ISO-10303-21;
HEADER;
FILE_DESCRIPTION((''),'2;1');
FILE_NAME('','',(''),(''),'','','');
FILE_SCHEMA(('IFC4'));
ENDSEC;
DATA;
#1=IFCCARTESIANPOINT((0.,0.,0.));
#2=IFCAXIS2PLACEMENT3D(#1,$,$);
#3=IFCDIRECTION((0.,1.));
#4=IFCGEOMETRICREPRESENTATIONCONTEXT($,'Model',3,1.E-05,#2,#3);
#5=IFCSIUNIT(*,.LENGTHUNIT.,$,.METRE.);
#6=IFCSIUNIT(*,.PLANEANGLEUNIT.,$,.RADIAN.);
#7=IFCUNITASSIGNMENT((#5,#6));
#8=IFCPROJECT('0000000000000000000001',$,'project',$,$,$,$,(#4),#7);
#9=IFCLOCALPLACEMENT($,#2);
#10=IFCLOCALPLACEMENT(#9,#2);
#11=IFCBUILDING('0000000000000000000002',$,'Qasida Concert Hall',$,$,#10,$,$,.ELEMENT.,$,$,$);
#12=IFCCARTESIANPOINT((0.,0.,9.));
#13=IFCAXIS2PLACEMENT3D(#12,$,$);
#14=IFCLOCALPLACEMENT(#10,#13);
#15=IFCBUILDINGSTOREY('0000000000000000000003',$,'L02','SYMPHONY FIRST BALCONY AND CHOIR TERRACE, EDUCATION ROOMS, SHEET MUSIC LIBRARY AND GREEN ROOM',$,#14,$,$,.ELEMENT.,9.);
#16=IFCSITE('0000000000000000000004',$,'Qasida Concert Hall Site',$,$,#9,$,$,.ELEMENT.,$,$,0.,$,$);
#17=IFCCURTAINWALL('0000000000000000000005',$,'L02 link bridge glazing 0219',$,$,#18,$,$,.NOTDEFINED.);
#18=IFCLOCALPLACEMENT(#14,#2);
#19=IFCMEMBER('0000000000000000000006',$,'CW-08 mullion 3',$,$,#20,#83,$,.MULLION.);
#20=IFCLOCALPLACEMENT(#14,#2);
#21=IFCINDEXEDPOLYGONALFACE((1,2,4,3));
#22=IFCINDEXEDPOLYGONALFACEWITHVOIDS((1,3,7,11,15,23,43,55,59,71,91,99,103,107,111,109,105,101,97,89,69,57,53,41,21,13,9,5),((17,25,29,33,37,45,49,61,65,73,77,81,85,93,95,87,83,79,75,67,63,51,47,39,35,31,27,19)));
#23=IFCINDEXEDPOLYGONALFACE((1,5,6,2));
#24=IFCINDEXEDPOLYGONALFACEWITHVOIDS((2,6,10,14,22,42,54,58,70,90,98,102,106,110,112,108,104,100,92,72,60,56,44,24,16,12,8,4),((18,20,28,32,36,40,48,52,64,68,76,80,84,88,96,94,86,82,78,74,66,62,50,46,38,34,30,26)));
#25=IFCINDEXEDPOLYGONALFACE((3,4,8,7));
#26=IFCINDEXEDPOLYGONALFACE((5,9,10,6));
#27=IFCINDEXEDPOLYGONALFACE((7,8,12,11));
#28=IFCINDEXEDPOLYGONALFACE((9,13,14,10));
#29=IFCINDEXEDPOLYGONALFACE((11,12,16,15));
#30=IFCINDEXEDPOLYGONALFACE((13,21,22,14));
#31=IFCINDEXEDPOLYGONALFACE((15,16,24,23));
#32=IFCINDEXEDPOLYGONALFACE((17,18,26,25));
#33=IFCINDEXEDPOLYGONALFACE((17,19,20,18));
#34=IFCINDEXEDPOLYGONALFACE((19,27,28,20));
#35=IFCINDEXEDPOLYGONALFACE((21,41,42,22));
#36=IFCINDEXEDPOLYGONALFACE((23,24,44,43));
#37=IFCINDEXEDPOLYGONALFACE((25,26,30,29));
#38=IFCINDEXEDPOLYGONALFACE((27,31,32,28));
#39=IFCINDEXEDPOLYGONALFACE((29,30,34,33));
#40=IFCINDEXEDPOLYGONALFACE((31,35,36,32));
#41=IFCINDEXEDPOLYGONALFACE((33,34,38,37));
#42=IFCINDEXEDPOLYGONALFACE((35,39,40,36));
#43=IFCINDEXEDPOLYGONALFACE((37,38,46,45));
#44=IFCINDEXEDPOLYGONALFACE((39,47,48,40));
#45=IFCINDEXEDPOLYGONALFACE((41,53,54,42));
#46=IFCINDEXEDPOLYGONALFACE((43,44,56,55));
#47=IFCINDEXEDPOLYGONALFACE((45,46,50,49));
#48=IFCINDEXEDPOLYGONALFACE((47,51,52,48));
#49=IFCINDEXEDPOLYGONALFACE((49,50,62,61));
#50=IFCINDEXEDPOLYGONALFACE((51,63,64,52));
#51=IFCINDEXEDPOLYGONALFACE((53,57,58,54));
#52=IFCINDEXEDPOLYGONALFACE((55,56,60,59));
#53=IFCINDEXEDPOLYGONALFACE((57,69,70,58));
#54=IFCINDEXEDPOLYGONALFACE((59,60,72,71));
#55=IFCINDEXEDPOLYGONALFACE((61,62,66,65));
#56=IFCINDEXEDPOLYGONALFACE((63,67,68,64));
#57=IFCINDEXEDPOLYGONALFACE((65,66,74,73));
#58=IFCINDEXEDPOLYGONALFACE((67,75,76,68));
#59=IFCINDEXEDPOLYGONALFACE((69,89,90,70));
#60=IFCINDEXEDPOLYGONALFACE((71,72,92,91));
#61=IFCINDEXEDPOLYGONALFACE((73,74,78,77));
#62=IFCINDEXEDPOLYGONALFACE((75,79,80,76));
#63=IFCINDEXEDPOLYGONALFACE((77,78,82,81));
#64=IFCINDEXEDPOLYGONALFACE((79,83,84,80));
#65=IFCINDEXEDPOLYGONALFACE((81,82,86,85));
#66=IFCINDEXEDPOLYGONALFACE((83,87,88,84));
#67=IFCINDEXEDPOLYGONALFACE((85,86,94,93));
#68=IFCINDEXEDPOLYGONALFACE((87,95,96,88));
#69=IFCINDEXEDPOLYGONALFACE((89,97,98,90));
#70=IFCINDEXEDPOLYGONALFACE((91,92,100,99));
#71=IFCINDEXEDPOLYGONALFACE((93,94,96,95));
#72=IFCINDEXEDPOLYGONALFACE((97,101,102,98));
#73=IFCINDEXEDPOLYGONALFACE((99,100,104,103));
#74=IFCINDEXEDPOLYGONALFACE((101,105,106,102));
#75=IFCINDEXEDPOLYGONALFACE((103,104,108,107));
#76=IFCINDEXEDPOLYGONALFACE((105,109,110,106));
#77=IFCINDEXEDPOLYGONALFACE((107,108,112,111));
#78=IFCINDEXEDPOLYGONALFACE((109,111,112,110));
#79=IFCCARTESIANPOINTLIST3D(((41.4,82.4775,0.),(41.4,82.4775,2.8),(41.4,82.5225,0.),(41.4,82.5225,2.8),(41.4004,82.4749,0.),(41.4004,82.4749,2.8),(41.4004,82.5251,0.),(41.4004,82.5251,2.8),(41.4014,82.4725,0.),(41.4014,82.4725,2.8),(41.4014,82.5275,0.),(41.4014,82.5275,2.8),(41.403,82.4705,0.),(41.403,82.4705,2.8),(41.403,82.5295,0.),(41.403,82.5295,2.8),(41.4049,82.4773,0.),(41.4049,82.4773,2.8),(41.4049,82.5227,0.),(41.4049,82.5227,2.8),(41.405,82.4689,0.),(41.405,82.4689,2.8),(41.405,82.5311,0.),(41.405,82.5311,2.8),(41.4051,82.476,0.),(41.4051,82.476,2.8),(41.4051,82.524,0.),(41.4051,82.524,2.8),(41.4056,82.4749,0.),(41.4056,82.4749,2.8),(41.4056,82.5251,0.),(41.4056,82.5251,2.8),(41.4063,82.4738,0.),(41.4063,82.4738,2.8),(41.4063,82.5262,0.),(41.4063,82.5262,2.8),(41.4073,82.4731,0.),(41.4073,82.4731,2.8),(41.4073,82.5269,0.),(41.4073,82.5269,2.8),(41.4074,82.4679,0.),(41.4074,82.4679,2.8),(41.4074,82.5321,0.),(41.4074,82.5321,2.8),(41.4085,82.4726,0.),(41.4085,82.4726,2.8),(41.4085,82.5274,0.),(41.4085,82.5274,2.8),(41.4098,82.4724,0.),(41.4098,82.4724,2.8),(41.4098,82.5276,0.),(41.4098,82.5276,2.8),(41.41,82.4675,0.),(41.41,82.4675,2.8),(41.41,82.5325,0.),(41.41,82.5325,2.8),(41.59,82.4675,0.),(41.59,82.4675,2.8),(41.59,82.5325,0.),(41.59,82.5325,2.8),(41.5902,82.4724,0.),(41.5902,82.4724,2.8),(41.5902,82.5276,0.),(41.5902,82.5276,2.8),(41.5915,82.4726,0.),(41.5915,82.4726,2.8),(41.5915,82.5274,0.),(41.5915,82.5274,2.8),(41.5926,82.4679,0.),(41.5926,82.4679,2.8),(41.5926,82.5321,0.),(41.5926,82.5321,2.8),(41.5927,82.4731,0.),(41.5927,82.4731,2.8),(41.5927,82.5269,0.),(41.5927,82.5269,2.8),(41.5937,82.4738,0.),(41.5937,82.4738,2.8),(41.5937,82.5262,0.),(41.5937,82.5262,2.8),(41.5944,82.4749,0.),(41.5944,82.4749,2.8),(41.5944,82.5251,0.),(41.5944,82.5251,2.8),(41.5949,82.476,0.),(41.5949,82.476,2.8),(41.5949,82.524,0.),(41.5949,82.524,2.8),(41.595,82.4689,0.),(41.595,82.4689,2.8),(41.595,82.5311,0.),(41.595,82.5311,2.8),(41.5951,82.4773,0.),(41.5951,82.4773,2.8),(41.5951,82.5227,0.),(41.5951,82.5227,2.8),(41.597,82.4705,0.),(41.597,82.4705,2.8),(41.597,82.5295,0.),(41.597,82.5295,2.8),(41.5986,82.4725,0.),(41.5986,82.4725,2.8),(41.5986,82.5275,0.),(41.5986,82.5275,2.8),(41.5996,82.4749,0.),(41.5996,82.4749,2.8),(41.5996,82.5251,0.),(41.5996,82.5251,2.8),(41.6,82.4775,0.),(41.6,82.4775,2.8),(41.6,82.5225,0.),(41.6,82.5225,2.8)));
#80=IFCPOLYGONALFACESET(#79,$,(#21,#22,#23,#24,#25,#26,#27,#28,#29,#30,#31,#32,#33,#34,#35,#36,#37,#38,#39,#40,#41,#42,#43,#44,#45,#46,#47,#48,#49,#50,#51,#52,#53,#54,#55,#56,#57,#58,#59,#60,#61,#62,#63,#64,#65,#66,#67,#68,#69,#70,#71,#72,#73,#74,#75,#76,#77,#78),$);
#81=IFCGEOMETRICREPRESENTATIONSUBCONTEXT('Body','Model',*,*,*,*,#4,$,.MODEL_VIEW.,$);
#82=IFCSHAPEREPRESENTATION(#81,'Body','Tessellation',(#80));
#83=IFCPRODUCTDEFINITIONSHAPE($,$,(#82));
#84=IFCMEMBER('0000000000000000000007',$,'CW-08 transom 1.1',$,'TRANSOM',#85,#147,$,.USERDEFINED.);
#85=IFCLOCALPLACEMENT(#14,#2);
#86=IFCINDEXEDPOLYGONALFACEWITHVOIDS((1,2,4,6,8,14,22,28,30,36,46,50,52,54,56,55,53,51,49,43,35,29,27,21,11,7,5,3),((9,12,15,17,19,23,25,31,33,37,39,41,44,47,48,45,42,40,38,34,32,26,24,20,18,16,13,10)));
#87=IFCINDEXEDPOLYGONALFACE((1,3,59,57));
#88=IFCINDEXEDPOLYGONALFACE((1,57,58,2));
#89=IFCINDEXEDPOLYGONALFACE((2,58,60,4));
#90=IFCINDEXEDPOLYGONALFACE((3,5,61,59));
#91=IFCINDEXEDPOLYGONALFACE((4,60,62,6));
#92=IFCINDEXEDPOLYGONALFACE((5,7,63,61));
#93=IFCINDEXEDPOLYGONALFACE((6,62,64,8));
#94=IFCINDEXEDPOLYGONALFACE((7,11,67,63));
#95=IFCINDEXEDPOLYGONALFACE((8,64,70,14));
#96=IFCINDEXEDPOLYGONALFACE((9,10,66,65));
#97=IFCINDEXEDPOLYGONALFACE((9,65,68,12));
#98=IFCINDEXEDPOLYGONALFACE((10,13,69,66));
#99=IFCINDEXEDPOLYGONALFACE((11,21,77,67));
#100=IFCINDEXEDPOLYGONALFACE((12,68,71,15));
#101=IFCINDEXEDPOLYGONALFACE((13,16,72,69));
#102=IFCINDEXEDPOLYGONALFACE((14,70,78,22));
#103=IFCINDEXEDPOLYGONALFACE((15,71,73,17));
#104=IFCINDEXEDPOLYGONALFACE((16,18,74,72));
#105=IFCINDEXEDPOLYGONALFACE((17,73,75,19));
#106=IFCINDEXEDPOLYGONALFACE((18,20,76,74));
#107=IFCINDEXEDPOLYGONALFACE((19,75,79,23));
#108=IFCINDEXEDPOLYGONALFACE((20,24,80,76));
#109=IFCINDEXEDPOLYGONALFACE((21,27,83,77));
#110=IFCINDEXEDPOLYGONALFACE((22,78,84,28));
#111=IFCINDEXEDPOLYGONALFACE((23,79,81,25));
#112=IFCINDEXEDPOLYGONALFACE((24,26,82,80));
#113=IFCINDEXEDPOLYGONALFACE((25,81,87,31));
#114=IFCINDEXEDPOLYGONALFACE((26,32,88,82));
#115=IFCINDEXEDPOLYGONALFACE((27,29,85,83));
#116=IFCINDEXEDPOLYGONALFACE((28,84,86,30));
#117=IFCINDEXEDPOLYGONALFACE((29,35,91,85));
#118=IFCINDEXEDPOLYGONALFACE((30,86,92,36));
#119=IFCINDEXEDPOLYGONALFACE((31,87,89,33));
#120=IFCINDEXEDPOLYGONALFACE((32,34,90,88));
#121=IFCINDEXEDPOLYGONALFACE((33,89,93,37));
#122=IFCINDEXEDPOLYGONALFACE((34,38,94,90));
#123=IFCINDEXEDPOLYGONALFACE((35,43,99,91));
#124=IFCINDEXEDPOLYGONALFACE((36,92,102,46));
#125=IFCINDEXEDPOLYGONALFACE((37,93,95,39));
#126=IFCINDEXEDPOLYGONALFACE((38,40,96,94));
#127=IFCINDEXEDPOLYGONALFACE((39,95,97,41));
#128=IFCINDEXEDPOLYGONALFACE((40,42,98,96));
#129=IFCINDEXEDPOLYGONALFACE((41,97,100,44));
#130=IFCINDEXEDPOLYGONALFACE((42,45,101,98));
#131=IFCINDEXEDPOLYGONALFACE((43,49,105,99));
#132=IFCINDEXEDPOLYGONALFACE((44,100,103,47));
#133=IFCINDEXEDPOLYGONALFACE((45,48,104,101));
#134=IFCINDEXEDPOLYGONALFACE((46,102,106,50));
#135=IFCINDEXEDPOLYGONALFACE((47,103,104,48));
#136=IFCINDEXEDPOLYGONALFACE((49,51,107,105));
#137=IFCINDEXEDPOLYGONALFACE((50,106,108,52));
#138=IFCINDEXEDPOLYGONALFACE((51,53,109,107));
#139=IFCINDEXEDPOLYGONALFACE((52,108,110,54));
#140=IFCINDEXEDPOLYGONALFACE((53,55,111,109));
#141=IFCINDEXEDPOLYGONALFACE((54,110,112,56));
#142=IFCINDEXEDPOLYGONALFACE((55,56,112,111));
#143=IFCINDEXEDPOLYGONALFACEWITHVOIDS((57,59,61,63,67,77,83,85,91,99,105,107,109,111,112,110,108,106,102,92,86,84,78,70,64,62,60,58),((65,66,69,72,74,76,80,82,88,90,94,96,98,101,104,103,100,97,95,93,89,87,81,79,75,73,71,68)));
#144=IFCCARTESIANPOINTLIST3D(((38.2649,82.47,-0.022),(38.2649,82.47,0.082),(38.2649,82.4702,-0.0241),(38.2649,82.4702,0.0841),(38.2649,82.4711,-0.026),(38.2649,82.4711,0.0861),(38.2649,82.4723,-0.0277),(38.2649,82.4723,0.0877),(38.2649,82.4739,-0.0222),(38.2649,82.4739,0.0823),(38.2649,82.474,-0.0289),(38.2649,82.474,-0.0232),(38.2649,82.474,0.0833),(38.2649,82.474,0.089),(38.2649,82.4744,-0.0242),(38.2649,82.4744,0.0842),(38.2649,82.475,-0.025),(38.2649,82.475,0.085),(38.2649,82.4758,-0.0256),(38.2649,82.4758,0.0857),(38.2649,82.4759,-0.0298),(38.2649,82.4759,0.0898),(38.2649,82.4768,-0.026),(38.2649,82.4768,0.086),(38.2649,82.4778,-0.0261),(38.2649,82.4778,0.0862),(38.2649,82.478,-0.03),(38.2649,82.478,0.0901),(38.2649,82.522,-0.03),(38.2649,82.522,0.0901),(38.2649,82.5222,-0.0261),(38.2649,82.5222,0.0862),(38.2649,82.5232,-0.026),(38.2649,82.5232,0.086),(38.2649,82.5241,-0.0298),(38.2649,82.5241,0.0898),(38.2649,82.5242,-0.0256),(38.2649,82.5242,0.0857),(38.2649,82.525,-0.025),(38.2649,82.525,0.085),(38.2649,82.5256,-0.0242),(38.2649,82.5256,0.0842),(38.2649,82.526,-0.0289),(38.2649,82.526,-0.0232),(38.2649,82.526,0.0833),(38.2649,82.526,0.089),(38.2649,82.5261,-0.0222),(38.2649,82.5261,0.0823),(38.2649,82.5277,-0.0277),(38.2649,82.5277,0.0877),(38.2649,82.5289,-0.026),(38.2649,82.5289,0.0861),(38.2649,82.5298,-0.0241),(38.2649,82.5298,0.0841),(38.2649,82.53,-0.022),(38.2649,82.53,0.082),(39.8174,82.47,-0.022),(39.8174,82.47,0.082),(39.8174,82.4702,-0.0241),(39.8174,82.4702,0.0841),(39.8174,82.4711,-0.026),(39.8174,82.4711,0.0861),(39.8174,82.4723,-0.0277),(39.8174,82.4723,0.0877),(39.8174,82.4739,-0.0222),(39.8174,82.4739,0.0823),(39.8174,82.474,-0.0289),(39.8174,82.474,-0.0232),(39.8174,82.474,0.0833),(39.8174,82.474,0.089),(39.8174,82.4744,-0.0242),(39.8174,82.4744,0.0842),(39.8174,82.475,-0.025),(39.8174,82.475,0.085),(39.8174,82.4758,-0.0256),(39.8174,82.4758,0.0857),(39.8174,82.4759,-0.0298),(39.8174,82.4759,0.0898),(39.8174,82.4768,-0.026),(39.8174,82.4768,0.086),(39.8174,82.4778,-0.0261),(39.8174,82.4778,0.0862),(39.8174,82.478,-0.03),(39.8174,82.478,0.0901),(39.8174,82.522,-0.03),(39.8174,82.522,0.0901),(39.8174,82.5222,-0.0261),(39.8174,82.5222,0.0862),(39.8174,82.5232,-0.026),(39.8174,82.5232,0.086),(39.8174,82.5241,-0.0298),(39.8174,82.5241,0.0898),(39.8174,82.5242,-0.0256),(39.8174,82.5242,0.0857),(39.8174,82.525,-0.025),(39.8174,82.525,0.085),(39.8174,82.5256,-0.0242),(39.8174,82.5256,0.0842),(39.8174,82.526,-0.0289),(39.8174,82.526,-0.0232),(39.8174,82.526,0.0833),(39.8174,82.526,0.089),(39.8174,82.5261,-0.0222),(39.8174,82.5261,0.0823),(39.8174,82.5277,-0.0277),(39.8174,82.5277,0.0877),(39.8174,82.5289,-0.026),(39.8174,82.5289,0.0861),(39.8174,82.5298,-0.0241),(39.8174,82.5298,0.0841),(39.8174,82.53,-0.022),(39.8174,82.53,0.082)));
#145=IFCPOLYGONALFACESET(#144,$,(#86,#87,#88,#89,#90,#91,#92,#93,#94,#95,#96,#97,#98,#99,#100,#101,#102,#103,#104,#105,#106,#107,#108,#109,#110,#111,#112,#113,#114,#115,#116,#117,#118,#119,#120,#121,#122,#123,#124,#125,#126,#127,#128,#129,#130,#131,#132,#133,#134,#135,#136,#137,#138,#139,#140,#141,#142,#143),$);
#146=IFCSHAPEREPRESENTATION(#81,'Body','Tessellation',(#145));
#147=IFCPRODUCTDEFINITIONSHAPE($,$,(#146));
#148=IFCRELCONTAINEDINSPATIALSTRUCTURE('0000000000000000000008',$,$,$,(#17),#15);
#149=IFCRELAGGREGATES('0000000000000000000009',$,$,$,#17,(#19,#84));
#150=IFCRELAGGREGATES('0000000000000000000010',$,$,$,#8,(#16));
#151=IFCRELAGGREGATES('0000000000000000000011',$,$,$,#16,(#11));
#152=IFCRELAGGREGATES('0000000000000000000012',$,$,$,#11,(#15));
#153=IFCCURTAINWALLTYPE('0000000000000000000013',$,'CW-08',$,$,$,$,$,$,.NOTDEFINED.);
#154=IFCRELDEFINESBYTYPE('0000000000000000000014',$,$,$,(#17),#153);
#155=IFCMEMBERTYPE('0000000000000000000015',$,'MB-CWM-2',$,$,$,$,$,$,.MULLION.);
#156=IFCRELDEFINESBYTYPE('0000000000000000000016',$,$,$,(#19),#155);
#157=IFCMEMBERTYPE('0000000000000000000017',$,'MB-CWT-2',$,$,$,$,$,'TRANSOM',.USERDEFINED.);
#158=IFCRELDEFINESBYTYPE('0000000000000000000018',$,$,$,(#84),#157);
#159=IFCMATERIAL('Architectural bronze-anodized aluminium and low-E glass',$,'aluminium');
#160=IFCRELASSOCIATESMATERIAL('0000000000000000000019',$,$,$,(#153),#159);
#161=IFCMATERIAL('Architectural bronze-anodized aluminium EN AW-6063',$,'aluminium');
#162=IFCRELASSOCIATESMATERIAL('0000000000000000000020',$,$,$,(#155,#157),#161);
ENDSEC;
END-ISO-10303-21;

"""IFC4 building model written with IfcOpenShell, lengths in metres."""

from ifc_helpers import new_model, si_unit, direction, frame, origin, origin_2d, place, context, subcontext, project, spatial, hollow_rectangle, extrude, material, material_profile, profile_set, type_object, element, aggregate, save


model = new_model("IFC4")

# Units and contexts
model_context = context("Model", 3, precision=1e-05, world=origin(), true_north=direction((0.0, 1.0)))
body_context = subcontext(model_context, "Body", "Model", "MODEL_VIEW")
ifc_project = project(units=[si_unit("LENGTHUNIT", "METRE"), si_unit("PLANEANGLEUNIT", "RADIAN")], contexts=[model_context])

# Site, building, storey
site_placement = place(None, origin())
site = spatial("IfcSite", under=ifc_project, at=site_placement, Name="Qasida Concert Hall Site", CompositionType="ELEMENT", RefElevation=0.0)
building_placement = place(site_placement, origin())
building = spatial("IfcBuilding", under=site, at=building_placement, Name="Qasida Concert Hall", CompositionType="ELEMENT")
storey_placement = place(building_placement, frame((0.0, 0.0, 9.0)))
storey = spatial("IfcBuildingStorey", under=building, at=storey_placement, Name="L02", Description="SYMPHONY FIRST BALCONY AND CHOIR TERRACE, EDUCATION ROOMS, SHEET MUSIC LIBRARY AND GREEN ROOM", CompositionType="ELEMENT", Elevation=9.0)

# Curtain wall, members
ifc_material_1 = material(Name="Architectural bronze-anodized aluminium and low-E glass", Category="aluminium")
curtain_wall_type = type_object("IfcCurtainWallType", Name="CW-08", PredefinedType="NOTDEFINED", material=ifc_material_1)
curtain_wall_placement = place(storey_placement, origin())
curtain_wall = element("IfcCurtainWall", 1, at=curtain_wall_placement, inside=storey, type_object=curtain_wall_type, Name="L02 link bridge glazing 0219", PredefinedType="NOTDEFINED")
ifc_material_2 = material(Name="Architectural bronze-anodized aluminium EN AW-6063", Category="aluminium")
ifc_material_profile_1 = material_profile(ifc_material_2, hollow_rectangle(XDim=0.0649, YDim=0.2, WallThickness=0.0049, InnerFilletRadius=0.0049, OuterFilletRadius=0.01, at=origin_2d()), Name="CWM 200x65x5")
ifc_profile_set_1 = profile_set([ifc_material_profile_1], Name="Architectural bronze-anodized aluminium EN AW-6063")
member_type_1 = type_object("IfcMemberType", Name="MB-CWM-2", PredefinedType="MULLION", material=ifc_profile_set_1)
member_1_placement = place(storey_placement, frame((41.5, 82.5, 0.0), z_axis=(0.0, 0.0, 1.0), x_axis=(0.0, 1.0, 0.0)))
member_1 = element("IfcMember", 2, at=member_1_placement, type_object=member_type_1, Name="CW-08 mullion 3", PredefinedType="MULLION", context=body_context, shape_type="SweptSolid", body=[
    extrude(hollow_rectangle(XDim=0.0649, YDim=0.2, WallThickness=0.0049, InnerFilletRadius=0.0049, OuterFilletRadius=0.01, at=origin_2d()), origin(), (0.0, 0.0, 1.0), 2.8),
])
ifc_material_profile_2 = material_profile(ifc_material_2, hollow_rectangle(XDim=0.0601, YDim=0.1201, WallThickness=0.0039, InnerFilletRadius=0.0039, OuterFilletRadius=0.0081, at=origin_2d()), Name="CWT 120x60x4")
ifc_profile_set_2 = profile_set([ifc_material_profile_2], Name="Architectural bronze-anodized aluminium EN AW-6063")
member_type_2 = type_object("IfcMemberType", Name="MB-CWT-2", ElementType="TRANSOM", PredefinedType="USERDEFINED", material=ifc_profile_set_2)
member_2_placement = place(storey_placement, frame((38.2649, 82.5, 0.03), z_axis=(1.0, 0.0, 0.0), x_axis=(0.0, 1.0, 0.0)))
member_2 = element("IfcMember", 3, at=member_2_placement, type_object=member_type_2, Name="CW-08 transom 1.1", ObjectType="TRANSOM", PredefinedType="USERDEFINED", context=body_context, shape_type="SweptSolid", body=[
    extrude(hollow_rectangle(XDim=0.0601, YDim=0.1201, WallThickness=0.0039, InnerFilletRadius=0.0039, OuterFilletRadius=0.0081, at=origin_2d()), origin(), (0.0, 0.0, 1.0), 1.5525),
])
aggregate(curtain_wall, [member_1, member_2])

save(model, "model.ifc")
